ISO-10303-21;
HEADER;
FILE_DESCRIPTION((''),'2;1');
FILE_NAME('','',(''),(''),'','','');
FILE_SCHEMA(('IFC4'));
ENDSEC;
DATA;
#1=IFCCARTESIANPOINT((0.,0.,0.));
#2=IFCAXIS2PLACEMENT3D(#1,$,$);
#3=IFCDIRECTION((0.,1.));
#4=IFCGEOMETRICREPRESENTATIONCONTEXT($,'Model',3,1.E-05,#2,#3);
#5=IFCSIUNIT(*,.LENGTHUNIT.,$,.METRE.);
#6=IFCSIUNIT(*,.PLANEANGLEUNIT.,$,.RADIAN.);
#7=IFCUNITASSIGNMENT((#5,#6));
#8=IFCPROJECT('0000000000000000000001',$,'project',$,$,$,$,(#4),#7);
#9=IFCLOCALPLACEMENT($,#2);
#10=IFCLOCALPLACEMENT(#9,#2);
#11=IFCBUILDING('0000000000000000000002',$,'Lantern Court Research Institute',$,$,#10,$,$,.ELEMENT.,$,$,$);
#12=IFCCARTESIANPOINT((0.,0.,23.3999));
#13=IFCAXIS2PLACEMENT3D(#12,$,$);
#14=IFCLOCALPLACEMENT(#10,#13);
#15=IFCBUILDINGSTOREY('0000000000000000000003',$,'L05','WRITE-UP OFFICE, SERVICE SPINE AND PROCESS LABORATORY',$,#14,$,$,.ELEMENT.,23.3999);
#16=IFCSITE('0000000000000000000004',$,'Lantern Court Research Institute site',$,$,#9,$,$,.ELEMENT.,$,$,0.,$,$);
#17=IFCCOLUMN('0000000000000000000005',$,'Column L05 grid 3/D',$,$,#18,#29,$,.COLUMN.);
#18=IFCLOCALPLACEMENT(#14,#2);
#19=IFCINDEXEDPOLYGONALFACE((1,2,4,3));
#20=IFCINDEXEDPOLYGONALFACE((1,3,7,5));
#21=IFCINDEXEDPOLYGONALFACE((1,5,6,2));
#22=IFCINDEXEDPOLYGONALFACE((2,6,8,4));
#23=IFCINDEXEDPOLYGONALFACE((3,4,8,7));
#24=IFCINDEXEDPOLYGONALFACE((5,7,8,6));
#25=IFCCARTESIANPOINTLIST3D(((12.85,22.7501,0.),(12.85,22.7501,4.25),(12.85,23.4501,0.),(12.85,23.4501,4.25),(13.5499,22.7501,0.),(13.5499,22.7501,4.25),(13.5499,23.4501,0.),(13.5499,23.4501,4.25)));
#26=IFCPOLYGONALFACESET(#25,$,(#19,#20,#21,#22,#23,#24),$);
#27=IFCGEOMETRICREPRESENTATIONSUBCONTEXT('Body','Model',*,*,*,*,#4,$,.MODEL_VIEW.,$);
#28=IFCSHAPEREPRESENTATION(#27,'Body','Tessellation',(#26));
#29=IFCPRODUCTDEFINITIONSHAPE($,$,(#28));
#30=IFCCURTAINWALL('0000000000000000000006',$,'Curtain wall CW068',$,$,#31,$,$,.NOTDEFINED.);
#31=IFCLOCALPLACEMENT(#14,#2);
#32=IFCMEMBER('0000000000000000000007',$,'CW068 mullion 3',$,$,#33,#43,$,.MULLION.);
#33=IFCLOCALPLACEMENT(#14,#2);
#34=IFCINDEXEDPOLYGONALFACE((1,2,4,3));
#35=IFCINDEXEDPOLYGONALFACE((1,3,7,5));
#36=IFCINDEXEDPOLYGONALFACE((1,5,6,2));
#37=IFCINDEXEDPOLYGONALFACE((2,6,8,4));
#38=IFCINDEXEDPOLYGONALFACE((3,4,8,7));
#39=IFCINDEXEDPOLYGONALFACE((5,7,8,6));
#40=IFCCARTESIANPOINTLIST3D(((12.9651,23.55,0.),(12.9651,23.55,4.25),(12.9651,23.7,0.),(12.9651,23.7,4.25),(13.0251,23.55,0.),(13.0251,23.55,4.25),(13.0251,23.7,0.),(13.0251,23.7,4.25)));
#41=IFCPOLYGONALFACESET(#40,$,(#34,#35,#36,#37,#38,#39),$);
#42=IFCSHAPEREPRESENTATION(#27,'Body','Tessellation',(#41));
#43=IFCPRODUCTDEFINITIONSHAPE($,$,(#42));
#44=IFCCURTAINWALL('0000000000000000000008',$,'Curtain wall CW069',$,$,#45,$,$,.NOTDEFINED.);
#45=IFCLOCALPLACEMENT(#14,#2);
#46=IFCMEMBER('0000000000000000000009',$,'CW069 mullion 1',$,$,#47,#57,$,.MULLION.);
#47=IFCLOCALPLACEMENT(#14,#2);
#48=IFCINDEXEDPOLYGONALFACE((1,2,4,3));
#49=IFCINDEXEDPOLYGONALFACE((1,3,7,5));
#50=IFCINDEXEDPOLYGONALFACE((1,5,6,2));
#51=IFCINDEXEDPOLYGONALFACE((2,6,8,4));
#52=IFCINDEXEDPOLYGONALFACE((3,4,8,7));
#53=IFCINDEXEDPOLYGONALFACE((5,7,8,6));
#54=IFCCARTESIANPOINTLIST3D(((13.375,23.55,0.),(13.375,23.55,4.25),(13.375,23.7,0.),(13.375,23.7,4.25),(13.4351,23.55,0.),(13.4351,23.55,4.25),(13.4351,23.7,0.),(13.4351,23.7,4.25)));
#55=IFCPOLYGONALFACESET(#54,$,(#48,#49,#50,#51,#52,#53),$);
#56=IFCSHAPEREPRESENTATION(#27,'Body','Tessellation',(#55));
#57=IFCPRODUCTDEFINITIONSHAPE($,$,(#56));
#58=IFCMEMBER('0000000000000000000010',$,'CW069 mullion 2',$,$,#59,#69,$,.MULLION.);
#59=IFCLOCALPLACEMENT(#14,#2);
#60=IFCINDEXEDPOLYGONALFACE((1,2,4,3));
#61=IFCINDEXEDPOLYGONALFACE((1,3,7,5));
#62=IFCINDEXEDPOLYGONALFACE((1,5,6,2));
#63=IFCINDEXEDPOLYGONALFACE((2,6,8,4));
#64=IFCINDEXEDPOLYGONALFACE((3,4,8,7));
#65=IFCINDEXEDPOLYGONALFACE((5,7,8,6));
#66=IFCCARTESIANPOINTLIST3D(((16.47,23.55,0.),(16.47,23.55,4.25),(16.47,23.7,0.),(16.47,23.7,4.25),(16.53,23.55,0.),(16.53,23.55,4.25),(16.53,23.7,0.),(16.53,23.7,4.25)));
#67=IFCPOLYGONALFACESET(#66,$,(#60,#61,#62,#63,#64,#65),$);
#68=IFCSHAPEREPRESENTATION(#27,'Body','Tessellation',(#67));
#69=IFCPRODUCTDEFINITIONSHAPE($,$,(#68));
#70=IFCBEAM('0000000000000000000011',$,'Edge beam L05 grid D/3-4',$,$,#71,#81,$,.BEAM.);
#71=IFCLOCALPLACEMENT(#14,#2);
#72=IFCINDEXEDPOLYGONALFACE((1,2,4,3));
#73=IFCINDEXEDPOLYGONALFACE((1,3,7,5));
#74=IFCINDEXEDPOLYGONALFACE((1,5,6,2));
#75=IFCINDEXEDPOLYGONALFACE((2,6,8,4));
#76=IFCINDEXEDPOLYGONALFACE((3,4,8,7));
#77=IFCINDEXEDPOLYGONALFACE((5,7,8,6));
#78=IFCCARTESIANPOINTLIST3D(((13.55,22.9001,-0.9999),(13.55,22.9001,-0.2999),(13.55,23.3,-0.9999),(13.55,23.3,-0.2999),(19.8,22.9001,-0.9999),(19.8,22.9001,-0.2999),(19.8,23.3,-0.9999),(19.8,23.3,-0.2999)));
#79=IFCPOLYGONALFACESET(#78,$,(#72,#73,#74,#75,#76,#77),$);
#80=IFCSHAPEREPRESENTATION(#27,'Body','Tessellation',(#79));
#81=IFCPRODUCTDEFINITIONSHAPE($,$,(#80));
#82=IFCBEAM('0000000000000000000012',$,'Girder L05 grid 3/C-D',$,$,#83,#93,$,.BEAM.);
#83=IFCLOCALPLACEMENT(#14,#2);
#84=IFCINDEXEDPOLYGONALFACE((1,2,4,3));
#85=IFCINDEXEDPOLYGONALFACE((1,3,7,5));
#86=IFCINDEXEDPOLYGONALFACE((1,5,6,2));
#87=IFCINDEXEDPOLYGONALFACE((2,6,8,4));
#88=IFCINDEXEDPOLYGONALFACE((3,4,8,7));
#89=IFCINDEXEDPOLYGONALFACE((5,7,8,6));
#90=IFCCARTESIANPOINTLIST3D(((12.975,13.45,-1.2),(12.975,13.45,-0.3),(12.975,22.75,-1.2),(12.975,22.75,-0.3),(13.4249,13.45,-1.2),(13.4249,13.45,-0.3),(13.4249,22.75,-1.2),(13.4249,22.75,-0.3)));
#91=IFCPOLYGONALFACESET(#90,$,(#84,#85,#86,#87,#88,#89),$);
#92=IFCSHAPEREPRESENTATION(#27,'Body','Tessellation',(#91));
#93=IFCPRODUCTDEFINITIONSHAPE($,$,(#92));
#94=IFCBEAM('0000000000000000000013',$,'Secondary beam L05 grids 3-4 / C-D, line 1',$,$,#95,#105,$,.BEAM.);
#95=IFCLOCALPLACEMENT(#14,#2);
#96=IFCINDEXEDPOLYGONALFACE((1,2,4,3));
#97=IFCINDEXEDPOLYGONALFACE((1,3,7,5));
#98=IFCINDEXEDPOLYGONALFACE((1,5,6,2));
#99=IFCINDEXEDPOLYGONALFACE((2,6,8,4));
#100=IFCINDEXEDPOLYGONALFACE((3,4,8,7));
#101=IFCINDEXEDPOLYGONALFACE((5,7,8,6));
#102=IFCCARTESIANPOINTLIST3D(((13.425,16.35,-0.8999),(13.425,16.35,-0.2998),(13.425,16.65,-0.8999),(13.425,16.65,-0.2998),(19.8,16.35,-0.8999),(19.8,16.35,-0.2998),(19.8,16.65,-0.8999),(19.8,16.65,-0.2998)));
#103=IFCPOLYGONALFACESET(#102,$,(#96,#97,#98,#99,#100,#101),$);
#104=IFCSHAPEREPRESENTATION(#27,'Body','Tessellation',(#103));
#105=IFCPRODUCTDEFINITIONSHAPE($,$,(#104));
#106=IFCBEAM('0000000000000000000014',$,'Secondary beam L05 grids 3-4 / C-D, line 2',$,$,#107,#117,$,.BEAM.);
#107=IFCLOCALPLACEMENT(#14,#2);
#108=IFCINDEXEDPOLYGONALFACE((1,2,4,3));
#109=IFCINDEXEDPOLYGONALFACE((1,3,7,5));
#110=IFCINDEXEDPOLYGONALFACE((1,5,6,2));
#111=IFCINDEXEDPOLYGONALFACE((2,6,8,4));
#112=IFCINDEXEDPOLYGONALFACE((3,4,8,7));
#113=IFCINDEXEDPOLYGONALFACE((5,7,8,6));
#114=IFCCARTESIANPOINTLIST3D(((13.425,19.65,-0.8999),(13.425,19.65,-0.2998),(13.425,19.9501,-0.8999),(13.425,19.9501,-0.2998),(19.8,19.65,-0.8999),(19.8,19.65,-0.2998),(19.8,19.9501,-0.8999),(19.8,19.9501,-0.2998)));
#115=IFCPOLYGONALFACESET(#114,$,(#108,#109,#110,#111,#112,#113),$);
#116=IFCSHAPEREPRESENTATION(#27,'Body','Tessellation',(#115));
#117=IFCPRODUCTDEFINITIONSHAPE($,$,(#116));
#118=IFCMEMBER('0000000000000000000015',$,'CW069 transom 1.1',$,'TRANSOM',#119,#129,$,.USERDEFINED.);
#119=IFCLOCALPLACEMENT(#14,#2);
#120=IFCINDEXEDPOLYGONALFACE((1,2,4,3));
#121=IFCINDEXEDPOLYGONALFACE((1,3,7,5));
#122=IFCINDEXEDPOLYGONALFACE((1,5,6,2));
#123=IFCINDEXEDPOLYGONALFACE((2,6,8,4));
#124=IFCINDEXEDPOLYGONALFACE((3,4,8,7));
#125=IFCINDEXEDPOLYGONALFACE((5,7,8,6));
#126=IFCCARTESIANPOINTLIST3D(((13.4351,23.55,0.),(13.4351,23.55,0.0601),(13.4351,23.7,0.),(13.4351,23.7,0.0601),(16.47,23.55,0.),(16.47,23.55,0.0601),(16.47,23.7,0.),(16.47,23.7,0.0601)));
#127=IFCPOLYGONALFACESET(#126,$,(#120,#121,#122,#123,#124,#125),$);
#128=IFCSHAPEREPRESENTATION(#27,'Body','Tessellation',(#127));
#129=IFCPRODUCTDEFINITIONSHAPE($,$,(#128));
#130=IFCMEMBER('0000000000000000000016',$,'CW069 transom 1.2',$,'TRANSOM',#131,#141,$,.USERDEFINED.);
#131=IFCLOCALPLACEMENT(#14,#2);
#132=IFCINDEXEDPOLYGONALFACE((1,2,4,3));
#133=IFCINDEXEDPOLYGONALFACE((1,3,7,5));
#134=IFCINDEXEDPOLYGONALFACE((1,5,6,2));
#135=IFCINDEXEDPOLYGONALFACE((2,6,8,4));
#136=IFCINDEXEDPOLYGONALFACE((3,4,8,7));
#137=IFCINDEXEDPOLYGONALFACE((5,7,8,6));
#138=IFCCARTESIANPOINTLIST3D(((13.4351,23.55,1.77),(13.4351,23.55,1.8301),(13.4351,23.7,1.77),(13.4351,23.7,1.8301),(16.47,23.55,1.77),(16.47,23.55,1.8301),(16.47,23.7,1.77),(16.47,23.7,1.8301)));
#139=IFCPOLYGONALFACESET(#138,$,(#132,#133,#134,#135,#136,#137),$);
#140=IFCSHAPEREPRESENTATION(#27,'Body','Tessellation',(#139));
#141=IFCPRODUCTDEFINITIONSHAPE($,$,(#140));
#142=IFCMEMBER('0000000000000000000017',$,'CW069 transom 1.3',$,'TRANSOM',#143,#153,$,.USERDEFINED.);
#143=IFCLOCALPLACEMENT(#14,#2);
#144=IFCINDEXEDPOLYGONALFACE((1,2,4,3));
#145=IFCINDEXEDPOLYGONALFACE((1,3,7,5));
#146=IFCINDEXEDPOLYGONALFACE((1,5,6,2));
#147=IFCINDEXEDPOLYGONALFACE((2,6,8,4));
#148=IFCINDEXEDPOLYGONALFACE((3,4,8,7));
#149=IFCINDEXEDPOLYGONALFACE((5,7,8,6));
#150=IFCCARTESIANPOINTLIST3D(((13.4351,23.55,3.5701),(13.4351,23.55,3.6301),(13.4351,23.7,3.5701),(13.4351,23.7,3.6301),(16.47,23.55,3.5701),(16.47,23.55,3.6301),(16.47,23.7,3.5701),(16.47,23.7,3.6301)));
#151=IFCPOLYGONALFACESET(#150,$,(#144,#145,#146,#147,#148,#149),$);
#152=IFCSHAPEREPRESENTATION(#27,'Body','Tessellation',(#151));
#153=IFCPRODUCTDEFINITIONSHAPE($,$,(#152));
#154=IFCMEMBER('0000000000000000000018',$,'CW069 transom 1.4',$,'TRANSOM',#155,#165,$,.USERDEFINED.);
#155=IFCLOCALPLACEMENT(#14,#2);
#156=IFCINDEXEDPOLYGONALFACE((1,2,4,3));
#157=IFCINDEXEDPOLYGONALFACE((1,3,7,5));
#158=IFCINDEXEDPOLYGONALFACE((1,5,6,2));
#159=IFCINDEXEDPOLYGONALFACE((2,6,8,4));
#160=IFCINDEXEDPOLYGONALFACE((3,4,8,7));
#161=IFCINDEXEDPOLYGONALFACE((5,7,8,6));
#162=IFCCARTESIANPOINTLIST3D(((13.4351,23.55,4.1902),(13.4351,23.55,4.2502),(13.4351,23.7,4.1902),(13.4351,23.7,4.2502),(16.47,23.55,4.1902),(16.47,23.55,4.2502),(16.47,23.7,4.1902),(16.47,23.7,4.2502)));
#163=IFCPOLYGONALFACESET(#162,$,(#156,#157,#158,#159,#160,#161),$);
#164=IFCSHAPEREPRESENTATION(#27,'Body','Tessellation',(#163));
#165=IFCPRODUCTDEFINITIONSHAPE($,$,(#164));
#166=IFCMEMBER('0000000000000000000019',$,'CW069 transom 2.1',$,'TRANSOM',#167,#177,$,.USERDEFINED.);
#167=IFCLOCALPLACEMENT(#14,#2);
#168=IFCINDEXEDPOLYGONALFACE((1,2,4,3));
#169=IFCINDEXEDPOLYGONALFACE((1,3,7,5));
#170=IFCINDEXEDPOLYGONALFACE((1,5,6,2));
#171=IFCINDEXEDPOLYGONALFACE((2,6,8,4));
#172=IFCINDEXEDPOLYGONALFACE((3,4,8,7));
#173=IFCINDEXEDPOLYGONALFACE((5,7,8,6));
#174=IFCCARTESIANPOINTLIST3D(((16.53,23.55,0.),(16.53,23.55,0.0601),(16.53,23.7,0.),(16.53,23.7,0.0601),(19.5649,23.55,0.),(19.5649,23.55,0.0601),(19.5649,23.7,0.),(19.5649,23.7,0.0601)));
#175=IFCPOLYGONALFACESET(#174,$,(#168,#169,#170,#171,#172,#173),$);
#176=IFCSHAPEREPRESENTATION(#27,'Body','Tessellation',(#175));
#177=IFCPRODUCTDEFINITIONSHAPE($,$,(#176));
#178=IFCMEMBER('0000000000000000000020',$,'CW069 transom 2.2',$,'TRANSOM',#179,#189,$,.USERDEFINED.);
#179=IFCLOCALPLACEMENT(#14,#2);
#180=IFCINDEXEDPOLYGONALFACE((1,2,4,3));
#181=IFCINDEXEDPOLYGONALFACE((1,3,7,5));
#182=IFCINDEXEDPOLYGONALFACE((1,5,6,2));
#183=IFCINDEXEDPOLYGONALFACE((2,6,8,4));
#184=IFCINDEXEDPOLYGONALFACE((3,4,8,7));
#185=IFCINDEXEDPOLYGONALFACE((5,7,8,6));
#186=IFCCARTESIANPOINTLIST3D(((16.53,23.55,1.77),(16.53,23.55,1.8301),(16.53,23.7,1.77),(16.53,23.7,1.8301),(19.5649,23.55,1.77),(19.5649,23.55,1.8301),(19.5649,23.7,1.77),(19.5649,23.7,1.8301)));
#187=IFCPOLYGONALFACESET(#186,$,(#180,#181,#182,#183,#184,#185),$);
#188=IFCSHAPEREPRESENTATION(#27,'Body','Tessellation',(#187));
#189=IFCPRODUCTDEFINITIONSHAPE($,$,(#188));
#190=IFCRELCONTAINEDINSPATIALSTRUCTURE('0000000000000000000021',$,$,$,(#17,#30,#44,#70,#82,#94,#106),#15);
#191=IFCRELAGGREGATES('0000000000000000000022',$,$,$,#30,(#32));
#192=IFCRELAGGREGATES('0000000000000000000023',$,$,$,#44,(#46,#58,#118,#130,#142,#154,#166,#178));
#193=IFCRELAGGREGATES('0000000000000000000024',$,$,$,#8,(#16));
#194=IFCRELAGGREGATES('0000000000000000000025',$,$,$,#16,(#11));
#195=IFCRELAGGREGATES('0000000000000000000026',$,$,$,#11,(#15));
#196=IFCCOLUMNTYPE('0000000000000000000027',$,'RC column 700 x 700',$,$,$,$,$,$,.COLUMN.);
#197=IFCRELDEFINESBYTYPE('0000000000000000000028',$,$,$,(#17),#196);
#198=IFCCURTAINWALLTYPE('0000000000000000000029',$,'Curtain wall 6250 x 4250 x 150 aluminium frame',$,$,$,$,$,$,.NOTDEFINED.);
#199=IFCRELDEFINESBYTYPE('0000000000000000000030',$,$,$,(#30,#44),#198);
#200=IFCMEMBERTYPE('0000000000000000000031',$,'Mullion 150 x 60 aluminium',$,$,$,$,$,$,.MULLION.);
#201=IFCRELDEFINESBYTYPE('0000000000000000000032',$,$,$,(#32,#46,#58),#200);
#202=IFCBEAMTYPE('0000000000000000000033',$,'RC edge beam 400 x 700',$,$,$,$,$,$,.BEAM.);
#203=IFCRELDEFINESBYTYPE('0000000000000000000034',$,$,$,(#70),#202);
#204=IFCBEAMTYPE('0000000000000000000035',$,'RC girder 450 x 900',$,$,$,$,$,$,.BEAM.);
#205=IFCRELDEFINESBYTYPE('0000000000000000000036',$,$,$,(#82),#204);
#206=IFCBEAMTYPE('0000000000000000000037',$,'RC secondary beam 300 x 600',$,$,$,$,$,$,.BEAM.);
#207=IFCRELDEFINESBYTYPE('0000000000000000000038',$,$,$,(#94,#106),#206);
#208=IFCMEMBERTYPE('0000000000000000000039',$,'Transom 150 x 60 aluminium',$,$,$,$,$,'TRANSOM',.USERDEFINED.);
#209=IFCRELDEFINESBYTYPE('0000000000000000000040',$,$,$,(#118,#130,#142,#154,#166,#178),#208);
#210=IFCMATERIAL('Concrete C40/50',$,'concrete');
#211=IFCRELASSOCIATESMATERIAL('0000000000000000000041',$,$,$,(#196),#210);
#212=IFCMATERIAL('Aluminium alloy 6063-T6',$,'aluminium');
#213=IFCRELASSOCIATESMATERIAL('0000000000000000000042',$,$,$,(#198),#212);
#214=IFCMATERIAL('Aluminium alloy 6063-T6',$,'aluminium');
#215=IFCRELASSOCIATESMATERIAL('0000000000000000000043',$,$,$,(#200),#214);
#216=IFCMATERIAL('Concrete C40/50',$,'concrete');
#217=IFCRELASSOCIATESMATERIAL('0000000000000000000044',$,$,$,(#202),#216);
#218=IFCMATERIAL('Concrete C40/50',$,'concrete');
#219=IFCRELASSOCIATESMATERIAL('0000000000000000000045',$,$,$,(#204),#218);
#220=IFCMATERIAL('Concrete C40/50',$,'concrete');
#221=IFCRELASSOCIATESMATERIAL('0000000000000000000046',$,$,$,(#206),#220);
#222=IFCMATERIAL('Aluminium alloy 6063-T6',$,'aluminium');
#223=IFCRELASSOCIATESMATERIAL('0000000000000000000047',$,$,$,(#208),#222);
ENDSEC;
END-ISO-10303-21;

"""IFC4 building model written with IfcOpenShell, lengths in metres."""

from ifc_helpers import new_model, si_unit, direction, frame, origin, origin_2d, place, context, subcontext, project, spatial, rectangle, extrude, material, material_profile, profile_set, type_object, element, aggregate, save


model = new_model("IFC4")

# Units and contexts
model_context = context("Model", 3, precision=1e-05, world=origin(), true_north=direction((0.0, 1.0)))
body_context = subcontext(model_context, "Body", "Model", "MODEL_VIEW")
ifc_project = project(units=[si_unit("LENGTHUNIT", "METRE"), si_unit("PLANEANGLEUNIT", "RADIAN")], contexts=[model_context])

# Site, building, storey
site_placement = place(None, origin())
site = spatial("IfcSite", under=ifc_project, at=site_placement, Name="Lantern Court Research Institute site", CompositionType="ELEMENT", RefElevation=0.0)
building_placement = place(site_placement, origin())
building = spatial("IfcBuilding", under=site, at=building_placement, Name="Lantern Court Research Institute", CompositionType="ELEMENT")
storey_placement = place(building_placement, frame((0.0, 0.0, 23.3999)))
storey = spatial("IfcBuildingStorey", under=building, at=storey_placement, Name="L05", Description="WRITE-UP OFFICE, SERVICE SPINE AND PROCESS LABORATORY", CompositionType="ELEMENT", Elevation=23.3999)

# Column
ifc_material_1 = material(Name="Concrete C40/50", Category="concrete")
ifc_material_profile_1 = material_profile(ifc_material_1, rectangle(XDim=0.7, YDim=0.7, at=origin_2d()), Name="RC column 700 x 700")
ifc_profile_set_1 = profile_set([ifc_material_profile_1], Name="Concrete C40/50")
column_type = type_object("IfcColumnType", Name="RC column 700 x 700", PredefinedType="COLUMN", material=ifc_profile_set_1)
column_placement = place(storey_placement, frame((13.2, 23.1001, 0.0), z_axis=(0.0, 0.0, 1.0), x_axis=(1.0, 0.0, 0.0)))
element("IfcColumn", 1, at=column_placement, inside=storey, type_object=column_type, Name="Column L05 grid 3/D", PredefinedType="COLUMN", context=body_context, shape_type="SweptSolid", body=[
    extrude(rectangle(XDim=0.7, YDim=0.7, at=origin_2d()), origin(), (0.0, 0.0, 1.0), 4.25),
])

# Curtain wall, member
ifc_material_2 = material(Name="Aluminium alloy 6063-T6", Category="aluminium")
curtain_wall_type = type_object("IfcCurtainWallType", Name="Curtain wall 6250 x 4250 x 150 aluminium frame", PredefinedType="NOTDEFINED", material=ifc_material_2)
curtain_wall_1_placement = place(storey_placement, origin())
curtain_wall_1 = element("IfcCurtainWall", 2, at=curtain_wall_1_placement, inside=storey, type_object=curtain_wall_type, Name="Curtain wall CW068", PredefinedType="NOTDEFINED")
ifc_material_3 = material(Name="Aluminium alloy 6063-T6", Category="aluminium")
ifc_material_profile_2 = material_profile(ifc_material_3, rectangle(XDim=0.1499, YDim=0.0601, at=origin_2d()), Name="Mullion 150 x 60")
ifc_profile_set_2 = profile_set([ifc_material_profile_2], Name="Aluminium alloy 6063-T6")
member_type_1 = type_object("IfcMemberType", Name="Mullion 150 x 60 aluminium", PredefinedType="MULLION", material=ifc_profile_set_2)
member_1_placement = place(storey_placement, frame((12.9951, 23.625, 0.0), z_axis=(0.0, 0.0, 1.0), x_axis=(0.0, 1.0, 0.0)))
member_1 = element("IfcMember", 3, at=member_1_placement, type_object=member_type_1, Name="CW068 mullion 3", PredefinedType="MULLION", context=body_context, shape_type="SweptSolid", body=[
    extrude(rectangle(XDim=0.1499, YDim=0.0601, at=origin_2d()), origin(), (0.0, 0.0, 1.0), 4.25),
])
aggregate(curtain_wall_1, [member_1])

# Curtain wall, members
curtain_wall_2_placement = place(storey_placement, origin())
curtain_wall_2 = element("IfcCurtainWall", 4, at=curtain_wall_2_placement, inside=storey, type_object=curtain_wall_type, Name="Curtain wall CW069", PredefinedType="NOTDEFINED")
member_2_placement = place(storey_placement, frame((13.405, 23.625, 0.0), z_axis=(0.0, 0.0, 1.0), x_axis=(0.0, 1.0, 0.0)))
member_2 = element("IfcMember", 5, at=member_2_placement, type_object=member_type_1, Name="CW069 mullion 1", PredefinedType="MULLION", context=body_context, shape_type="SweptSolid", body=[
    extrude(rectangle(XDim=0.1499, YDim=0.0601, at=origin_2d()), origin(), (0.0, 0.0, 1.0), 4.25),
])
member_3_placement = place(storey_placement, frame((16.5, 23.625, 0.0), z_axis=(0.0, 0.0, 1.0), x_axis=(0.0, 1.0, 0.0)))
member_3 = element("IfcMember", 6, at=member_3_placement, type_object=member_type_1, Name="CW069 mullion 2", PredefinedType="MULLION", context=body_context, shape_type="SweptSolid", body=[
    extrude(rectangle(XDim=0.1499, YDim=0.0601, at=origin_2d()), origin(), (0.0, 0.0, 1.0), 4.25),
])

# Beams
ifc_material_4 = material(Name="Concrete C40/50", Category="concrete")
ifc_material_profile_3 = material_profile(ifc_material_4, rectangle(XDim=0.3999, YDim=0.7, at=origin_2d()), Name="RC beam 400 x 700")
ifc_profile_set_3 = profile_set([ifc_material_profile_3], Name="Concrete C40/50")
beam_type_1 = type_object("IfcBeamType", Name="RC edge beam 400 x 700", PredefinedType="BEAM", material=ifc_profile_set_3)
beam_1_placement = place(storey_placement, frame((13.55, 23.1001, -0.6499), z_axis=(1.0, 0.0, 0.0), x_axis=(0.0, 1.0, 0.0)))
element("IfcBeam", 7, at=beam_1_placement, inside=storey, type_object=beam_type_1, Name="Edge beam L05 grid D/3-4", PredefinedType="BEAM", context=body_context, shape_type="SweptSolid", body=[
    extrude(rectangle(XDim=0.3999, YDim=0.7, at=origin_2d()), origin(), (0.0, 0.0, 1.0), 6.25),
])
ifc_material_5 = material(Name="Concrete C40/50", Category="concrete")
ifc_material_profile_4 = material_profile(ifc_material_5, rectangle(XDim=0.45, YDim=0.8999, at=origin_2d()), Name="RC beam 450 x 900")
ifc_profile_set_4 = profile_set([ifc_material_profile_4], Name="Concrete C40/50")
beam_type_2 = type_object("IfcBeamType", Name="RC girder 450 x 900", PredefinedType="BEAM", material=ifc_profile_set_4)
beam_2_placement = place(storey_placement, frame((13.2, 13.45, -0.75), z_axis=(0.0, 1.0, 0.0), x_axis=(-1.0, 0.0, 0.0)))
element("IfcBeam", 8, at=beam_2_placement, inside=storey, type_object=beam_type_2, Name="Girder L05 grid 3/C-D", PredefinedType="BEAM", context=body_context, shape_type="SweptSolid", body=[
    extrude(rectangle(XDim=0.45, YDim=0.8999, at=origin_2d()), origin(), (0.0, 0.0, 1.0), 9.3),
])
ifc_material_6 = material(Name="Concrete C40/50", Category="concrete")
ifc_material_profile_5 = material_profile(ifc_material_6, rectangle(XDim=0.3, YDim=0.6001, at=origin_2d()), Name="RC beam 300 x 600")
ifc_profile_set_5 = profile_set([ifc_material_profile_5], Name="Concrete C40/50")
beam_type_3 = type_object("IfcBeamType", Name="RC secondary beam 300 x 600", PredefinedType="BEAM", material=ifc_profile_set_5)
for number, where, z_axis, x_axis, name in (
    (9, (13.425, 16.5, -0.5999), (1.0, 0.0, 0.0), (0.0, 1.0, 0.0), "Secondary beam L05 grids 3-4 / C-D, line 1"),
    (10, (13.425, 19.8, -0.5999), (1.0, 0.0, 0.0), (0.0, 1.0, 0.0), "Secondary beam L05 grids 3-4 / C-D, line 2"),
):
    element("IfcBeam", number, at=place(storey_placement, frame(where, z_axis=z_axis, x_axis=x_axis)), inside=storey, type_object=beam_type_3, Name=name, PredefinedType="BEAM", context=body_context, shape_type="SweptSolid", body=[
        extrude(rectangle(XDim=0.3, YDim=0.6001, at=origin_2d()), origin(), (0.0, 0.0, 1.0), 6.375),
    ])

# Members
ifc_material_7 = material(Name="Aluminium alloy 6063-T6", Category="aluminium")
ifc_material_profile_6 = material_profile(ifc_material_7, rectangle(XDim=0.1499, YDim=0.0601, at=origin_2d()), Name="Transom 150 x 60")
ifc_profile_set_6 = profile_set([ifc_material_profile_6], Name="Aluminium alloy 6063-T6")
member_type_2 = type_object("IfcMemberType", Name="Transom 150 x 60 aluminium", ElementType="TRANSOM", PredefinedType="USERDEFINED", material=ifc_profile_set_6)
member_4_placement = place(storey_placement, frame((13.4351, 23.625, 0.03), z_axis=(1.0, 0.0, 0.0), x_axis=(0.0, 1.0, 0.0)))
member_4 = element("IfcMember", 11, at=member_4_placement, type_object=member_type_2, Name="CW069 transom 1.1", ObjectType="TRANSOM", PredefinedType="USERDEFINED", context=body_context, shape_type="SweptSolid", body=[
    extrude(rectangle(XDim=0.1499, YDim=0.0601, at=origin_2d()), origin(), (0.0, 0.0, 1.0), 3.0349),
])
member_5_placement = place(storey_placement, frame((13.4351, 23.625, 1.8), z_axis=(1.0, 0.0, 0.0), x_axis=(0.0, 1.0, 0.0)))
member_5 = element("IfcMember", 12, at=member_5_placement, type_object=member_type_2, Name="CW069 transom 1.2", ObjectType="TRANSOM", PredefinedType="USERDEFINED", context=body_context, shape_type="SweptSolid", body=[
    extrude(rectangle(XDim=0.1499, YDim=0.0601, at=origin_2d()), origin(), (0.0, 0.0, 1.0), 3.0349),
])
member_6_placement = place(storey_placement, frame((13.4351, 23.625, 3.6001), z_axis=(1.0, 0.0, 0.0), x_axis=(0.0, 1.0, 0.0)))
member_6 = element("IfcMember", 13, at=member_6_placement, type_object=member_type_2, Name="CW069 transom 1.3", ObjectType="TRANSOM", PredefinedType="USERDEFINED", context=body_context, shape_type="SweptSolid", body=[
    extrude(rectangle(XDim=0.1499, YDim=0.0601, at=origin_2d()), origin(), (0.0, 0.0, 1.0), 3.0349),
])
member_7_placement = place(storey_placement, frame((13.4351, 23.625, 4.2202), z_axis=(1.0, 0.0, 0.0), x_axis=(0.0, 1.0, 0.0)))
member_7 = element("IfcMember", 14, at=member_7_placement, type_object=member_type_2, Name="CW069 transom 1.4", ObjectType="TRANSOM", PredefinedType="USERDEFINED", context=body_context, shape_type="SweptSolid", body=[
    extrude(rectangle(XDim=0.1499, YDim=0.0601, at=origin_2d()), origin(), (0.0, 0.0, 1.0), 3.0349),
])
member_8_placement = place(storey_placement, frame((16.53, 23.625, 0.03), z_axis=(1.0, 0.0, 0.0), x_axis=(0.0, 1.0, 0.0)))
member_8 = element("IfcMember", 15, at=member_8_placement, type_object=member_type_2, Name="CW069 transom 2.1", ObjectType="TRANSOM", PredefinedType="USERDEFINED", context=body_context, shape_type="SweptSolid", body=[
    extrude(rectangle(XDim=0.1499, YDim=0.0601, at=origin_2d()), origin(), (0.0, 0.0, 1.0), 3.0349),
])
member_9_placement = place(storey_placement, frame((16.53, 23.625, 1.8), z_axis=(1.0, 0.0, 0.0), x_axis=(0.0, 1.0, 0.0)))
member_9 = element("IfcMember", 16, at=member_9_placement, type_object=member_type_2, Name="CW069 transom 2.2", ObjectType="TRANSOM", PredefinedType="USERDEFINED", context=body_context, shape_type="SweptSolid", body=[
    extrude(rectangle(XDim=0.1499, YDim=0.0601, at=origin_2d()), origin(), (0.0, 0.0, 1.0), 3.0349),
])

aggregate(curtain_wall_2, [member_2, member_3, member_4, member_5, member_6, member_7, member_8, member_9])

save(model, "model.ifc")
